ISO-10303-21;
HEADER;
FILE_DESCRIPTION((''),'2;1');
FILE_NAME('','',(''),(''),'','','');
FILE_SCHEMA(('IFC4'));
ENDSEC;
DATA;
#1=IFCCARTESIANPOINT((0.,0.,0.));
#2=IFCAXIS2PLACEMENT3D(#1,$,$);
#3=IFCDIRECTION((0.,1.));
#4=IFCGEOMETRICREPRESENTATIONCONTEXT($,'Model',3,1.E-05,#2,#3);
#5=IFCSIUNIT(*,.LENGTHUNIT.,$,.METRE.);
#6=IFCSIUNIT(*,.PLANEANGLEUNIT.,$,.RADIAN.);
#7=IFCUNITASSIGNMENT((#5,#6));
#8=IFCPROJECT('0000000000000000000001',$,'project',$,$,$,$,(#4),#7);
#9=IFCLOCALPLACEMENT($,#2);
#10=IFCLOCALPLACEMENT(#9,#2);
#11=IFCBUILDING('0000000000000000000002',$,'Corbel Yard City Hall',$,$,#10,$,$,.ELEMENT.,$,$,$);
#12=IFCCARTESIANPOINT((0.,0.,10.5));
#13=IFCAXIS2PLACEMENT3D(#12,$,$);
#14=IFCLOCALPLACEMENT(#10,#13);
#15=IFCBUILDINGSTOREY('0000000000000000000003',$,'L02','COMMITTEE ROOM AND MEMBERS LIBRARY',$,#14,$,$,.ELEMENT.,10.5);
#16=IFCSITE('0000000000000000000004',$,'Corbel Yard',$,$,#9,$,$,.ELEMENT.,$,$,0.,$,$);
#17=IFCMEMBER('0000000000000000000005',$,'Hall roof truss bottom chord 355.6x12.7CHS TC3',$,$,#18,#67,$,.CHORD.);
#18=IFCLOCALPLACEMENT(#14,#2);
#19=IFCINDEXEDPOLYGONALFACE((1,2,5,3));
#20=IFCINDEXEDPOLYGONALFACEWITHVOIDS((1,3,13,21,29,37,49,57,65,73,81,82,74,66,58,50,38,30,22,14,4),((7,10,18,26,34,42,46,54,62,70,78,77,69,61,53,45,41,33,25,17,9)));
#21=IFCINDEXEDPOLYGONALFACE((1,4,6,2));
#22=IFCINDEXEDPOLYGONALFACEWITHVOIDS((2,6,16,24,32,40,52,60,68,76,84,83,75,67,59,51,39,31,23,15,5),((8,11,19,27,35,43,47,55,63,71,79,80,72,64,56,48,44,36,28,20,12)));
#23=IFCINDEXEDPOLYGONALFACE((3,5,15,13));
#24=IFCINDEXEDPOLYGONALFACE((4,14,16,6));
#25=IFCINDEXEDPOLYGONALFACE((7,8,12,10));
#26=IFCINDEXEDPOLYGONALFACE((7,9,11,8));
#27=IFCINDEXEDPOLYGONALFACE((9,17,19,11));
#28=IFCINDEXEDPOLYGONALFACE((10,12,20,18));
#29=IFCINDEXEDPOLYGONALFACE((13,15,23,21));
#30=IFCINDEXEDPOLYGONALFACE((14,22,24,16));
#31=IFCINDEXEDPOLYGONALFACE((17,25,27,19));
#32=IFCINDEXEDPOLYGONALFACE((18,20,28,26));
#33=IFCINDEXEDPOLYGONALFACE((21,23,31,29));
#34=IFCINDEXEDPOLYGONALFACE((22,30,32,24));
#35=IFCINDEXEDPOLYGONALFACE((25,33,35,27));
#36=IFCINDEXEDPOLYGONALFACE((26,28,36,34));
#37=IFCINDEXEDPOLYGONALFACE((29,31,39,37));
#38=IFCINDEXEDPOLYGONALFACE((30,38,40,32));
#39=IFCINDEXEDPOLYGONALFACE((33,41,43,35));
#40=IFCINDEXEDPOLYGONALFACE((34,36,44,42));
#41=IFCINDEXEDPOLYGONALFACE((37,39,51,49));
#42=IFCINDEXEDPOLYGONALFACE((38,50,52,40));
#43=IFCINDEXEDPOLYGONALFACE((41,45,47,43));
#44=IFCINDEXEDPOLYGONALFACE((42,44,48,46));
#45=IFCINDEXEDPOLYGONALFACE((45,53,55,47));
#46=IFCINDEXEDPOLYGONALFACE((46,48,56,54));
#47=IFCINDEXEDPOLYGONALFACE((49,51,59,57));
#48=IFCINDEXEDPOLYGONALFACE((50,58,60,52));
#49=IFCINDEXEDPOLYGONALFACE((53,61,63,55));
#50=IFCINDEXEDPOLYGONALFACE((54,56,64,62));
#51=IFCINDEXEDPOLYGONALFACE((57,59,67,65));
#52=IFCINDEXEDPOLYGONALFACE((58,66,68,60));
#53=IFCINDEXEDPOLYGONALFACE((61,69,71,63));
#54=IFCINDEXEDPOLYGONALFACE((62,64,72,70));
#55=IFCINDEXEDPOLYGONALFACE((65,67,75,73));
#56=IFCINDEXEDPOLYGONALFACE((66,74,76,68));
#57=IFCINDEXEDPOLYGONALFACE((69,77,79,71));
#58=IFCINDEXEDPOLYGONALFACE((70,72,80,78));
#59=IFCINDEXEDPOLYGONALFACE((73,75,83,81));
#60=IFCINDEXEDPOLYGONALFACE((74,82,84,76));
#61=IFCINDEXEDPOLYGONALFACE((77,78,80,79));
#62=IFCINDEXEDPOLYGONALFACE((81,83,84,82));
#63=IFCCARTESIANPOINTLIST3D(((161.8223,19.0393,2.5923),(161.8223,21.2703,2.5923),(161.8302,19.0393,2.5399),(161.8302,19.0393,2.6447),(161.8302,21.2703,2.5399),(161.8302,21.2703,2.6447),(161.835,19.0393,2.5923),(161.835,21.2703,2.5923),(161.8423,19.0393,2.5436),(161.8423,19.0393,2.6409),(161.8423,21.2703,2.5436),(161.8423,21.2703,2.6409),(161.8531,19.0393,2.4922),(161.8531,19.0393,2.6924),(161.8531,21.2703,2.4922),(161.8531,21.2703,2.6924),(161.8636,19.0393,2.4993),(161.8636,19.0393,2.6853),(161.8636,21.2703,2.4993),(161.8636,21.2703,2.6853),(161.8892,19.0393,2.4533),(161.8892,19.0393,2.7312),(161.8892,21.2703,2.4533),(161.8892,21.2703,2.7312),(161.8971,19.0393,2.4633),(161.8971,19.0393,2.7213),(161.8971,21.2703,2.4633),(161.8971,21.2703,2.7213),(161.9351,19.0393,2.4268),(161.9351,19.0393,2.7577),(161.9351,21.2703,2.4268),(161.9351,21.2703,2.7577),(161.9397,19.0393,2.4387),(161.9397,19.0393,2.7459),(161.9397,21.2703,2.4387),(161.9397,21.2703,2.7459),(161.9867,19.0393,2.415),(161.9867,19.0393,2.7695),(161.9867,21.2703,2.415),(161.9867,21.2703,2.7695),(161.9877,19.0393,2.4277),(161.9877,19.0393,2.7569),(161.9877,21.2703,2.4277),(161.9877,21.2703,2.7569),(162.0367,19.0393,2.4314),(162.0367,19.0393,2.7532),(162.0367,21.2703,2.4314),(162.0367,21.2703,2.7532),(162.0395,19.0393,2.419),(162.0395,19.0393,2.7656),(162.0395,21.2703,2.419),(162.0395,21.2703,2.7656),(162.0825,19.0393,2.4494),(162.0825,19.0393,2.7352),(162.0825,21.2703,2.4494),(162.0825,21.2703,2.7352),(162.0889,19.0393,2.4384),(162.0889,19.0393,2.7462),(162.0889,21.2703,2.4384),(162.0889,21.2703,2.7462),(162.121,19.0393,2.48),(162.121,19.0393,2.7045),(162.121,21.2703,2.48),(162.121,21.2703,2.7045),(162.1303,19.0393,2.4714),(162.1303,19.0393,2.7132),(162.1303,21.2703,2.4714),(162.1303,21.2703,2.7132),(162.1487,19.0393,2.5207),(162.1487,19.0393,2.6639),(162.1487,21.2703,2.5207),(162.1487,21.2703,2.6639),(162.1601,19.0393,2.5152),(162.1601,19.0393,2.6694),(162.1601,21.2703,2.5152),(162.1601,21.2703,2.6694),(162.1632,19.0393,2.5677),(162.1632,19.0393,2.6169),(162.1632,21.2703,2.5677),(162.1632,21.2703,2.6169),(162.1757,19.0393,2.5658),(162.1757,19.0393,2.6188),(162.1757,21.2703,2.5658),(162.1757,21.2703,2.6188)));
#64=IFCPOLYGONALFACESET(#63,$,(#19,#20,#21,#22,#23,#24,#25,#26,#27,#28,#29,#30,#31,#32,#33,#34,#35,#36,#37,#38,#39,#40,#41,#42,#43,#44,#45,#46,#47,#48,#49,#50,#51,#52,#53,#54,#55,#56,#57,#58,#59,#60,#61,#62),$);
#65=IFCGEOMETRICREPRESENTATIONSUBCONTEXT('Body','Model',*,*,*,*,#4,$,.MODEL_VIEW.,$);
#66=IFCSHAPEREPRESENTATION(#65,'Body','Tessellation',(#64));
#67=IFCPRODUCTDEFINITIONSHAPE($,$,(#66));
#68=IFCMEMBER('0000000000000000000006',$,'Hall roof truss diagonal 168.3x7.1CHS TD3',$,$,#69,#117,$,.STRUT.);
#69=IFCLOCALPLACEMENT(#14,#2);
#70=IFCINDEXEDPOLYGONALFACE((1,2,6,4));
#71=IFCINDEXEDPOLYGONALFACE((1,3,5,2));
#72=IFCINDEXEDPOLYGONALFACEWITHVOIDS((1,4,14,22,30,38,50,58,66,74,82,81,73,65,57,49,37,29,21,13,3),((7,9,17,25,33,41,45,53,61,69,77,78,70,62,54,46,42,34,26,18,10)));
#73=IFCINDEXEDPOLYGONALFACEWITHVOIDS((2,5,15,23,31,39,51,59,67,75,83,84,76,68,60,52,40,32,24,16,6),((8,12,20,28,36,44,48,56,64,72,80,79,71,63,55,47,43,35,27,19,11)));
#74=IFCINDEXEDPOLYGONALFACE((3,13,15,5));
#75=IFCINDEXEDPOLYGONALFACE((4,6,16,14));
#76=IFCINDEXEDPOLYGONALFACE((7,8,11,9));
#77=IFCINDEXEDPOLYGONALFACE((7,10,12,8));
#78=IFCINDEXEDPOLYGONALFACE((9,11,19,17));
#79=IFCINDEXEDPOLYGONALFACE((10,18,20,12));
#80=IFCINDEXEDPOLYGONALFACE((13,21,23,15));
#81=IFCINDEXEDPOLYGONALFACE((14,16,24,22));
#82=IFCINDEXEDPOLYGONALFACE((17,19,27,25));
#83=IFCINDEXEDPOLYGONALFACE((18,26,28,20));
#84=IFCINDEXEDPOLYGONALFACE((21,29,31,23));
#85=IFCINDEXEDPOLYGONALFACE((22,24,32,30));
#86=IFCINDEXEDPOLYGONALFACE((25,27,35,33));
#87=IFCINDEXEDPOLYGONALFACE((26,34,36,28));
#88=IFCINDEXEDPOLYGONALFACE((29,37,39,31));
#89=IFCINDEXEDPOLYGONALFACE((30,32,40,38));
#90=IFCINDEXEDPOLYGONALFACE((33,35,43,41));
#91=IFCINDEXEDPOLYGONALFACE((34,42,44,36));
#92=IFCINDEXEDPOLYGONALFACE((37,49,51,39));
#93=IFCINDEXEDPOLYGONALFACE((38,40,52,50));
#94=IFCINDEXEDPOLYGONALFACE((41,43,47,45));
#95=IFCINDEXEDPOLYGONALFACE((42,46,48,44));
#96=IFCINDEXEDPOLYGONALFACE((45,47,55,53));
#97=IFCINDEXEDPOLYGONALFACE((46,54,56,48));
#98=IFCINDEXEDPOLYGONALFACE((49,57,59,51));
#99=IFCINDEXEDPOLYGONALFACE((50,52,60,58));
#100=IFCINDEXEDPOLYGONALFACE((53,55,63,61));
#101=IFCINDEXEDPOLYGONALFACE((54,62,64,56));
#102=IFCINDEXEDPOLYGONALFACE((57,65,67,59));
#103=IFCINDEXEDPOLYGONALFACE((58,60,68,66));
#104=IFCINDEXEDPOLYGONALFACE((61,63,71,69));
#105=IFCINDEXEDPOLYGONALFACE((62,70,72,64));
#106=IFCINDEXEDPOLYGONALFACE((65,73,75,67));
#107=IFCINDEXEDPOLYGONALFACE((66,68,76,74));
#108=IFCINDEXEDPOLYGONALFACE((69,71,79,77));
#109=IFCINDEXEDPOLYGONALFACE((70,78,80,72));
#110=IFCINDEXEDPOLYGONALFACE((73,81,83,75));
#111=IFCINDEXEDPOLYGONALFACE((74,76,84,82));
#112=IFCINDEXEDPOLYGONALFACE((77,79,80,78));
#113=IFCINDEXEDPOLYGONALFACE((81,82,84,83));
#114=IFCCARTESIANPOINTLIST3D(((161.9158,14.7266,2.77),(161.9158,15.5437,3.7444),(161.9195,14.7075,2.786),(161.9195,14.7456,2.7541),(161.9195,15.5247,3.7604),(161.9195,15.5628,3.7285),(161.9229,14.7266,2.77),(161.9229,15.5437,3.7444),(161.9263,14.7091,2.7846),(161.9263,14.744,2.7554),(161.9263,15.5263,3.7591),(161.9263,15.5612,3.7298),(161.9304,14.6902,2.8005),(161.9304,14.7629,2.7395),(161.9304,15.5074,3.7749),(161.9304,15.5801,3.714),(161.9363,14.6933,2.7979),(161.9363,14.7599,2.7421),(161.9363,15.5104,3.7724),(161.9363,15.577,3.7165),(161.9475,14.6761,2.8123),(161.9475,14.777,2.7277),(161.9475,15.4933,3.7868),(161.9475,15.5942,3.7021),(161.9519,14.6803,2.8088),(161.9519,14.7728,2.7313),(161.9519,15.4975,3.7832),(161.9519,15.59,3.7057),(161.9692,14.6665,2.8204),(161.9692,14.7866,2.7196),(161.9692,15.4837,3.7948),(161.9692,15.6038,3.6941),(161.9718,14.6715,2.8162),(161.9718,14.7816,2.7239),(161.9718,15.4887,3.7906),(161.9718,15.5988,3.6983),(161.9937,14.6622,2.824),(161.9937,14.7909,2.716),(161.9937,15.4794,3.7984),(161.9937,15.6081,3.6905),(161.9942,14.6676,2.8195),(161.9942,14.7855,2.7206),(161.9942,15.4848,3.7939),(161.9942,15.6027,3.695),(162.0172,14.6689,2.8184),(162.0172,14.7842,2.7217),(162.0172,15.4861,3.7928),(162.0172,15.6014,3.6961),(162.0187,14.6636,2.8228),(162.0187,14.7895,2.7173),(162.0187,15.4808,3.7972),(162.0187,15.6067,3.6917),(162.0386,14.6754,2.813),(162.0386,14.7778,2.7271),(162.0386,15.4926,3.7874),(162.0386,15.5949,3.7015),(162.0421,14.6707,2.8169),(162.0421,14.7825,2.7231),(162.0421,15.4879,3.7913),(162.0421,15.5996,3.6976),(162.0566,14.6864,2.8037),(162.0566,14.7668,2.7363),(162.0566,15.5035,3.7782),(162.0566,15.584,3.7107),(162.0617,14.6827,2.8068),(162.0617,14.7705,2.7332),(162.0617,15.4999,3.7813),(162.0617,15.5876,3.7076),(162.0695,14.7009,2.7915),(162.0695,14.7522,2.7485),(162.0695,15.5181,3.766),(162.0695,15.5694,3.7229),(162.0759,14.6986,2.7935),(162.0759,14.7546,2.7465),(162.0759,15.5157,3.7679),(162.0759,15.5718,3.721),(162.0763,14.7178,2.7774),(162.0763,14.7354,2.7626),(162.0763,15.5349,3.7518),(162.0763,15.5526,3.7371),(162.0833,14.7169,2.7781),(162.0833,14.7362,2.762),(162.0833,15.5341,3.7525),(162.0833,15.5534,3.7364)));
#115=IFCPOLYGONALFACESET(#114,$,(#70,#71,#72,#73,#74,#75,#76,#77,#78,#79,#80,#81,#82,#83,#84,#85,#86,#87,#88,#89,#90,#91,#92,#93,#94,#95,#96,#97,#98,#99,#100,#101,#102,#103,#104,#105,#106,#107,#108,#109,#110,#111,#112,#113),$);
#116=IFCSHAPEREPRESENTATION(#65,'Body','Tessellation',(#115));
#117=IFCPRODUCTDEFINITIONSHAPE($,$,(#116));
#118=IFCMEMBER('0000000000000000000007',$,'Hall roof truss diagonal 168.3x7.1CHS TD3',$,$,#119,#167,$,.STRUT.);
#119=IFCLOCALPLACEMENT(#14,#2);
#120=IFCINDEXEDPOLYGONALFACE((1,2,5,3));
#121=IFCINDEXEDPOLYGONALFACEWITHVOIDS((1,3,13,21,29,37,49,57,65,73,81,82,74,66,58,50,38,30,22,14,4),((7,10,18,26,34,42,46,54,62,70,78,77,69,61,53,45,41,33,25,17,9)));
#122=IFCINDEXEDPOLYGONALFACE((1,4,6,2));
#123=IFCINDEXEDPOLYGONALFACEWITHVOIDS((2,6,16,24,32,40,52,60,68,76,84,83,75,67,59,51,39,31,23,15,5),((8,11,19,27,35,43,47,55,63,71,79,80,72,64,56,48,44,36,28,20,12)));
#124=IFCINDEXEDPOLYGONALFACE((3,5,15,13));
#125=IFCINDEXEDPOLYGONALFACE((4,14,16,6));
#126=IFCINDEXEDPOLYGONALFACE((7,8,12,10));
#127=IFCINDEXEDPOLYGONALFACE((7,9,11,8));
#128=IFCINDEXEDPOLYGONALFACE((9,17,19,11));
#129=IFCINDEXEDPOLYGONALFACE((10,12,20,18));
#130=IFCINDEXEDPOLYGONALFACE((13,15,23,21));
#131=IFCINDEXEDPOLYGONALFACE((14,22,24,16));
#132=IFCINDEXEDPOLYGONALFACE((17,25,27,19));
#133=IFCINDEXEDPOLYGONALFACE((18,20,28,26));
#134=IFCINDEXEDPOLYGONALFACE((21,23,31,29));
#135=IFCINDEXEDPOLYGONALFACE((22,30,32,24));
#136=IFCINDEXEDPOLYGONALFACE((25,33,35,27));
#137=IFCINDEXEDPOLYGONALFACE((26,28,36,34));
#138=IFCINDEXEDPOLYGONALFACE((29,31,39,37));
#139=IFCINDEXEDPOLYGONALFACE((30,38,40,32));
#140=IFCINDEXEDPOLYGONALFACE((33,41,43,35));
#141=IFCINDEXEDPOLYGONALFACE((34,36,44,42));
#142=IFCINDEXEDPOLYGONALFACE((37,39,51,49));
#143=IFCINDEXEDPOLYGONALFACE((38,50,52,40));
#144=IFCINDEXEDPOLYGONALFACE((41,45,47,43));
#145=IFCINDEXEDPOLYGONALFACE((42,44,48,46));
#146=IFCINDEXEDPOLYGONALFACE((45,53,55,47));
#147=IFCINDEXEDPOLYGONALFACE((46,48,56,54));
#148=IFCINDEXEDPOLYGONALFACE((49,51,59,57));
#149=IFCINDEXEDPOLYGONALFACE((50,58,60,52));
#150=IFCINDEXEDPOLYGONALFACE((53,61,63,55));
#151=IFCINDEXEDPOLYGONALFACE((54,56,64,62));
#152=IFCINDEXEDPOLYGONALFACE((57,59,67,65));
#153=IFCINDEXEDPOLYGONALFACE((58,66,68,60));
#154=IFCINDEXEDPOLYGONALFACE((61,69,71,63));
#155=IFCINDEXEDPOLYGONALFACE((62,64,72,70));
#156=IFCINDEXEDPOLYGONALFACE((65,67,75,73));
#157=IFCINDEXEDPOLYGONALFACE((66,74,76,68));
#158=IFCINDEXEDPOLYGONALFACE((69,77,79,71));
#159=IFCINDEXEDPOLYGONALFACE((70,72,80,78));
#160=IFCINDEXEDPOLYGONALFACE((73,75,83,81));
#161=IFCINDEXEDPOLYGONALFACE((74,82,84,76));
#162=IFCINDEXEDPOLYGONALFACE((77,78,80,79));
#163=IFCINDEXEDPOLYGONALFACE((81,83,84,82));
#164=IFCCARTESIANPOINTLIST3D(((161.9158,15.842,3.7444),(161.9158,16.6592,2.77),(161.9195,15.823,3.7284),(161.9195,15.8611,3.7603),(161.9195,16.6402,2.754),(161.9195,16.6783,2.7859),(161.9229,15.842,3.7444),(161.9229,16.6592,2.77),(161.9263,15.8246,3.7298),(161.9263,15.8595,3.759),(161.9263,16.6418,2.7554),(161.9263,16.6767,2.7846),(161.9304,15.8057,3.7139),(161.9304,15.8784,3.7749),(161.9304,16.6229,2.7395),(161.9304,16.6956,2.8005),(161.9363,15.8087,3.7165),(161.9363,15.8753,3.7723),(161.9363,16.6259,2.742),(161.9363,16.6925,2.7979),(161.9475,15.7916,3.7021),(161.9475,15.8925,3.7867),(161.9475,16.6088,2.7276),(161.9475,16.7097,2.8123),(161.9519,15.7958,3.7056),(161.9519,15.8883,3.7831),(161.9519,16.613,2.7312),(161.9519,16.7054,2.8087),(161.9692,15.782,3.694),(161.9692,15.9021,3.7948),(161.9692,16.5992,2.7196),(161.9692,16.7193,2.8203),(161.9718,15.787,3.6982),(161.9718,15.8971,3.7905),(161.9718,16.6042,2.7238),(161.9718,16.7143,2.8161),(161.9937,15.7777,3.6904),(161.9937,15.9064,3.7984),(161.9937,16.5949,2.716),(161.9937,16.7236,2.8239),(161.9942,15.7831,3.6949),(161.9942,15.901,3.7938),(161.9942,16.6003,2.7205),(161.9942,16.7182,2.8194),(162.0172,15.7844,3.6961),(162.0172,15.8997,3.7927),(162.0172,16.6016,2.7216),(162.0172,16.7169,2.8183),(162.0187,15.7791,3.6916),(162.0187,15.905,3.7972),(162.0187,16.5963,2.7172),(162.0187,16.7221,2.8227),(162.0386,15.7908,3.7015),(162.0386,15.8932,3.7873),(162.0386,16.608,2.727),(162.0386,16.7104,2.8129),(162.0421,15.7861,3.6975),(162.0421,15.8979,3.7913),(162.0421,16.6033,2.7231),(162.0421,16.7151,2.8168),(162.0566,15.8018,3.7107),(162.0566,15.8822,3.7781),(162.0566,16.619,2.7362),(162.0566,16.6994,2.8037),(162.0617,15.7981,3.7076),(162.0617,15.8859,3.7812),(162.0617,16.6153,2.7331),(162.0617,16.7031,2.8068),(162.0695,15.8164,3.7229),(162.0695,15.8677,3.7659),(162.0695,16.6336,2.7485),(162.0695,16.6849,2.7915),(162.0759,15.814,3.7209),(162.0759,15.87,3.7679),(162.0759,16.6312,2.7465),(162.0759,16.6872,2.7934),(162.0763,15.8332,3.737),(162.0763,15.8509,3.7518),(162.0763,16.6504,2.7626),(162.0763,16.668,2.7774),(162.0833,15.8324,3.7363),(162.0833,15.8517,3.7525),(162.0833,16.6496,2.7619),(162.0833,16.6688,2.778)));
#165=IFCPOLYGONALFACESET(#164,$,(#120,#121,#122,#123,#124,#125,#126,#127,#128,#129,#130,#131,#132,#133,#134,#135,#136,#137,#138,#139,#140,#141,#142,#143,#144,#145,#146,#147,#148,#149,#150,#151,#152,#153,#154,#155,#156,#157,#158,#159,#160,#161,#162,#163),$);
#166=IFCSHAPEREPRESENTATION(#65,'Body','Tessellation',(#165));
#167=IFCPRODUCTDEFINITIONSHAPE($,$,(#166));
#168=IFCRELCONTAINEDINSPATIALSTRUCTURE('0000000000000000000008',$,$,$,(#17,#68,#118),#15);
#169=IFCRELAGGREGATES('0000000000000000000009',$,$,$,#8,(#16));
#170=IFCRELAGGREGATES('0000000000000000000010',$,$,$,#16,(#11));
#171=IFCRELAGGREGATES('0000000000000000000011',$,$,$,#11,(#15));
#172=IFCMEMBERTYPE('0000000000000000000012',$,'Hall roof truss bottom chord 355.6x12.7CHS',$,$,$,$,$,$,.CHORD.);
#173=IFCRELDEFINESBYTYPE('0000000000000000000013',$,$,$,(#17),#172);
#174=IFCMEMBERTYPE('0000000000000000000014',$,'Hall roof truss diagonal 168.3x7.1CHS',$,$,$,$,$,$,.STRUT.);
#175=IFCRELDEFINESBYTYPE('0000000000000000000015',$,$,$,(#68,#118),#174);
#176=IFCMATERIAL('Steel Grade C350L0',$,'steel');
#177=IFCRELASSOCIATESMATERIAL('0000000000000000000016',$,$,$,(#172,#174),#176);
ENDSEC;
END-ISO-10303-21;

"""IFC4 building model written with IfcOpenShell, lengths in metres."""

from ifc_helpers import new_model, si_unit, direction, frame, origin, origin_2d, place, context, subcontext, project, spatial, hollow_circle, extrude, material, material_profile, profile_set, type_object, element, save


model = new_model("IFC4")

# Units and contexts
model_context = context("Model", 3, precision=1e-05, world=origin(), true_north=direction((0.0, 1.0)))
body_context = subcontext(model_context, "Body", "Model", "MODEL_VIEW")
ifc_project = project(units=[si_unit("LENGTHUNIT", "METRE"), si_unit("PLANEANGLEUNIT", "RADIAN")], contexts=[model_context])

# Site, building, storey
site_placement = place(None, origin())
site = spatial("IfcSite", under=ifc_project, at=site_placement, Name="Corbel Yard", CompositionType="ELEMENT", RefElevation=0.0)
building_placement = place(site_placement, origin())
building = spatial("IfcBuilding", under=site, at=building_placement, Name="Corbel Yard City Hall", CompositionType="ELEMENT")
storey_placement = place(building_placement, frame((0.0, 0.0, 10.5)))
storey = spatial("IfcBuildingStorey", under=building, at=storey_placement, Name="L02", Description="COMMITTEE ROOM AND MEMBERS LIBRARY", CompositionType="ELEMENT", Elevation=10.5)

# Members
ifc_material_1 = material(Name="Steel Grade C350L0", Category="steel")
ifc_material_profile_1 = material_profile(ifc_material_1, hollow_circle(Radius=0.1777, WallThickness=0.0127, at=origin_2d()), Name="355.6x12.7CHS")
ifc_profile_set_1 = profile_set([ifc_material_profile_1], Name="Steel Grade C350L0")
member_type_1 = type_object("IfcMemberType", Name="Hall roof truss bottom chord 355.6x12.7CHS", PredefinedType="CHORD", material=ifc_profile_set_1)
for number, where, z_axis, x_axis, name in (
    (1, (162.0, 19.0393, 2.5923), (0.0, 1.0, 0.0), (-1.0, 0.0, 0.0), "Hall roof truss bottom chord 355.6x12.7CHS TC3"),
):
    element("IfcMember", number, at=place(storey_placement, frame(where, z_axis=z_axis, x_axis=x_axis)), inside=storey, type_object=member_type_1, Name=name, PredefinedType="CHORD", context=body_context, shape_type="SweptSolid", body=[
        extrude(hollow_circle(Radius=0.1777, WallThickness=0.0127, at=origin_2d()), origin(), (0.0, 0.0, 1.0), 2.231),
    ])
ifc_material_profile_2 = material_profile(ifc_material_1, hollow_circle(Radius=0.0842, WallThickness=0.0071, at=origin_2d()), Name="168.3x7.1CHS")
ifc_profile_set_2 = profile_set([ifc_material_profile_2], Name="Steel Grade C350L0")
member_type_2 = type_object("IfcMemberType", Name="Hall roof truss diagonal 168.3x7.1CHS", PredefinedType="STRUT", material=ifc_profile_set_2)
for number, where, z_axis, x_axis, name in (
    (2, (162.0, 14.7266, 2.77), (0.0, 0.64258, 0.766219), (-1.0, 0.0, 0.0), "Hall roof truss diagonal 168.3x7.1CHS TD3"),
    (3, (162.0, 15.842, 3.7444), (0.0, 0.64258, -0.766219), (-1.0, 0.0, 0.0), "Hall roof truss diagonal 168.3x7.1CHS TD3"),
):
    element("IfcMember", number, at=place(storey_placement, frame(where, z_axis=z_axis, x_axis=x_axis)), inside=storey, type_object=member_type_2, Name=name, PredefinedType="STRUT", context=body_context, shape_type="SweptSolid", body=[
        extrude(hollow_circle(Radius=0.0842, WallThickness=0.0071, at=origin_2d()), origin(), (0.0, 0.0, 1.0), 1.2717),
    ])

save(model, "model.ifc")
